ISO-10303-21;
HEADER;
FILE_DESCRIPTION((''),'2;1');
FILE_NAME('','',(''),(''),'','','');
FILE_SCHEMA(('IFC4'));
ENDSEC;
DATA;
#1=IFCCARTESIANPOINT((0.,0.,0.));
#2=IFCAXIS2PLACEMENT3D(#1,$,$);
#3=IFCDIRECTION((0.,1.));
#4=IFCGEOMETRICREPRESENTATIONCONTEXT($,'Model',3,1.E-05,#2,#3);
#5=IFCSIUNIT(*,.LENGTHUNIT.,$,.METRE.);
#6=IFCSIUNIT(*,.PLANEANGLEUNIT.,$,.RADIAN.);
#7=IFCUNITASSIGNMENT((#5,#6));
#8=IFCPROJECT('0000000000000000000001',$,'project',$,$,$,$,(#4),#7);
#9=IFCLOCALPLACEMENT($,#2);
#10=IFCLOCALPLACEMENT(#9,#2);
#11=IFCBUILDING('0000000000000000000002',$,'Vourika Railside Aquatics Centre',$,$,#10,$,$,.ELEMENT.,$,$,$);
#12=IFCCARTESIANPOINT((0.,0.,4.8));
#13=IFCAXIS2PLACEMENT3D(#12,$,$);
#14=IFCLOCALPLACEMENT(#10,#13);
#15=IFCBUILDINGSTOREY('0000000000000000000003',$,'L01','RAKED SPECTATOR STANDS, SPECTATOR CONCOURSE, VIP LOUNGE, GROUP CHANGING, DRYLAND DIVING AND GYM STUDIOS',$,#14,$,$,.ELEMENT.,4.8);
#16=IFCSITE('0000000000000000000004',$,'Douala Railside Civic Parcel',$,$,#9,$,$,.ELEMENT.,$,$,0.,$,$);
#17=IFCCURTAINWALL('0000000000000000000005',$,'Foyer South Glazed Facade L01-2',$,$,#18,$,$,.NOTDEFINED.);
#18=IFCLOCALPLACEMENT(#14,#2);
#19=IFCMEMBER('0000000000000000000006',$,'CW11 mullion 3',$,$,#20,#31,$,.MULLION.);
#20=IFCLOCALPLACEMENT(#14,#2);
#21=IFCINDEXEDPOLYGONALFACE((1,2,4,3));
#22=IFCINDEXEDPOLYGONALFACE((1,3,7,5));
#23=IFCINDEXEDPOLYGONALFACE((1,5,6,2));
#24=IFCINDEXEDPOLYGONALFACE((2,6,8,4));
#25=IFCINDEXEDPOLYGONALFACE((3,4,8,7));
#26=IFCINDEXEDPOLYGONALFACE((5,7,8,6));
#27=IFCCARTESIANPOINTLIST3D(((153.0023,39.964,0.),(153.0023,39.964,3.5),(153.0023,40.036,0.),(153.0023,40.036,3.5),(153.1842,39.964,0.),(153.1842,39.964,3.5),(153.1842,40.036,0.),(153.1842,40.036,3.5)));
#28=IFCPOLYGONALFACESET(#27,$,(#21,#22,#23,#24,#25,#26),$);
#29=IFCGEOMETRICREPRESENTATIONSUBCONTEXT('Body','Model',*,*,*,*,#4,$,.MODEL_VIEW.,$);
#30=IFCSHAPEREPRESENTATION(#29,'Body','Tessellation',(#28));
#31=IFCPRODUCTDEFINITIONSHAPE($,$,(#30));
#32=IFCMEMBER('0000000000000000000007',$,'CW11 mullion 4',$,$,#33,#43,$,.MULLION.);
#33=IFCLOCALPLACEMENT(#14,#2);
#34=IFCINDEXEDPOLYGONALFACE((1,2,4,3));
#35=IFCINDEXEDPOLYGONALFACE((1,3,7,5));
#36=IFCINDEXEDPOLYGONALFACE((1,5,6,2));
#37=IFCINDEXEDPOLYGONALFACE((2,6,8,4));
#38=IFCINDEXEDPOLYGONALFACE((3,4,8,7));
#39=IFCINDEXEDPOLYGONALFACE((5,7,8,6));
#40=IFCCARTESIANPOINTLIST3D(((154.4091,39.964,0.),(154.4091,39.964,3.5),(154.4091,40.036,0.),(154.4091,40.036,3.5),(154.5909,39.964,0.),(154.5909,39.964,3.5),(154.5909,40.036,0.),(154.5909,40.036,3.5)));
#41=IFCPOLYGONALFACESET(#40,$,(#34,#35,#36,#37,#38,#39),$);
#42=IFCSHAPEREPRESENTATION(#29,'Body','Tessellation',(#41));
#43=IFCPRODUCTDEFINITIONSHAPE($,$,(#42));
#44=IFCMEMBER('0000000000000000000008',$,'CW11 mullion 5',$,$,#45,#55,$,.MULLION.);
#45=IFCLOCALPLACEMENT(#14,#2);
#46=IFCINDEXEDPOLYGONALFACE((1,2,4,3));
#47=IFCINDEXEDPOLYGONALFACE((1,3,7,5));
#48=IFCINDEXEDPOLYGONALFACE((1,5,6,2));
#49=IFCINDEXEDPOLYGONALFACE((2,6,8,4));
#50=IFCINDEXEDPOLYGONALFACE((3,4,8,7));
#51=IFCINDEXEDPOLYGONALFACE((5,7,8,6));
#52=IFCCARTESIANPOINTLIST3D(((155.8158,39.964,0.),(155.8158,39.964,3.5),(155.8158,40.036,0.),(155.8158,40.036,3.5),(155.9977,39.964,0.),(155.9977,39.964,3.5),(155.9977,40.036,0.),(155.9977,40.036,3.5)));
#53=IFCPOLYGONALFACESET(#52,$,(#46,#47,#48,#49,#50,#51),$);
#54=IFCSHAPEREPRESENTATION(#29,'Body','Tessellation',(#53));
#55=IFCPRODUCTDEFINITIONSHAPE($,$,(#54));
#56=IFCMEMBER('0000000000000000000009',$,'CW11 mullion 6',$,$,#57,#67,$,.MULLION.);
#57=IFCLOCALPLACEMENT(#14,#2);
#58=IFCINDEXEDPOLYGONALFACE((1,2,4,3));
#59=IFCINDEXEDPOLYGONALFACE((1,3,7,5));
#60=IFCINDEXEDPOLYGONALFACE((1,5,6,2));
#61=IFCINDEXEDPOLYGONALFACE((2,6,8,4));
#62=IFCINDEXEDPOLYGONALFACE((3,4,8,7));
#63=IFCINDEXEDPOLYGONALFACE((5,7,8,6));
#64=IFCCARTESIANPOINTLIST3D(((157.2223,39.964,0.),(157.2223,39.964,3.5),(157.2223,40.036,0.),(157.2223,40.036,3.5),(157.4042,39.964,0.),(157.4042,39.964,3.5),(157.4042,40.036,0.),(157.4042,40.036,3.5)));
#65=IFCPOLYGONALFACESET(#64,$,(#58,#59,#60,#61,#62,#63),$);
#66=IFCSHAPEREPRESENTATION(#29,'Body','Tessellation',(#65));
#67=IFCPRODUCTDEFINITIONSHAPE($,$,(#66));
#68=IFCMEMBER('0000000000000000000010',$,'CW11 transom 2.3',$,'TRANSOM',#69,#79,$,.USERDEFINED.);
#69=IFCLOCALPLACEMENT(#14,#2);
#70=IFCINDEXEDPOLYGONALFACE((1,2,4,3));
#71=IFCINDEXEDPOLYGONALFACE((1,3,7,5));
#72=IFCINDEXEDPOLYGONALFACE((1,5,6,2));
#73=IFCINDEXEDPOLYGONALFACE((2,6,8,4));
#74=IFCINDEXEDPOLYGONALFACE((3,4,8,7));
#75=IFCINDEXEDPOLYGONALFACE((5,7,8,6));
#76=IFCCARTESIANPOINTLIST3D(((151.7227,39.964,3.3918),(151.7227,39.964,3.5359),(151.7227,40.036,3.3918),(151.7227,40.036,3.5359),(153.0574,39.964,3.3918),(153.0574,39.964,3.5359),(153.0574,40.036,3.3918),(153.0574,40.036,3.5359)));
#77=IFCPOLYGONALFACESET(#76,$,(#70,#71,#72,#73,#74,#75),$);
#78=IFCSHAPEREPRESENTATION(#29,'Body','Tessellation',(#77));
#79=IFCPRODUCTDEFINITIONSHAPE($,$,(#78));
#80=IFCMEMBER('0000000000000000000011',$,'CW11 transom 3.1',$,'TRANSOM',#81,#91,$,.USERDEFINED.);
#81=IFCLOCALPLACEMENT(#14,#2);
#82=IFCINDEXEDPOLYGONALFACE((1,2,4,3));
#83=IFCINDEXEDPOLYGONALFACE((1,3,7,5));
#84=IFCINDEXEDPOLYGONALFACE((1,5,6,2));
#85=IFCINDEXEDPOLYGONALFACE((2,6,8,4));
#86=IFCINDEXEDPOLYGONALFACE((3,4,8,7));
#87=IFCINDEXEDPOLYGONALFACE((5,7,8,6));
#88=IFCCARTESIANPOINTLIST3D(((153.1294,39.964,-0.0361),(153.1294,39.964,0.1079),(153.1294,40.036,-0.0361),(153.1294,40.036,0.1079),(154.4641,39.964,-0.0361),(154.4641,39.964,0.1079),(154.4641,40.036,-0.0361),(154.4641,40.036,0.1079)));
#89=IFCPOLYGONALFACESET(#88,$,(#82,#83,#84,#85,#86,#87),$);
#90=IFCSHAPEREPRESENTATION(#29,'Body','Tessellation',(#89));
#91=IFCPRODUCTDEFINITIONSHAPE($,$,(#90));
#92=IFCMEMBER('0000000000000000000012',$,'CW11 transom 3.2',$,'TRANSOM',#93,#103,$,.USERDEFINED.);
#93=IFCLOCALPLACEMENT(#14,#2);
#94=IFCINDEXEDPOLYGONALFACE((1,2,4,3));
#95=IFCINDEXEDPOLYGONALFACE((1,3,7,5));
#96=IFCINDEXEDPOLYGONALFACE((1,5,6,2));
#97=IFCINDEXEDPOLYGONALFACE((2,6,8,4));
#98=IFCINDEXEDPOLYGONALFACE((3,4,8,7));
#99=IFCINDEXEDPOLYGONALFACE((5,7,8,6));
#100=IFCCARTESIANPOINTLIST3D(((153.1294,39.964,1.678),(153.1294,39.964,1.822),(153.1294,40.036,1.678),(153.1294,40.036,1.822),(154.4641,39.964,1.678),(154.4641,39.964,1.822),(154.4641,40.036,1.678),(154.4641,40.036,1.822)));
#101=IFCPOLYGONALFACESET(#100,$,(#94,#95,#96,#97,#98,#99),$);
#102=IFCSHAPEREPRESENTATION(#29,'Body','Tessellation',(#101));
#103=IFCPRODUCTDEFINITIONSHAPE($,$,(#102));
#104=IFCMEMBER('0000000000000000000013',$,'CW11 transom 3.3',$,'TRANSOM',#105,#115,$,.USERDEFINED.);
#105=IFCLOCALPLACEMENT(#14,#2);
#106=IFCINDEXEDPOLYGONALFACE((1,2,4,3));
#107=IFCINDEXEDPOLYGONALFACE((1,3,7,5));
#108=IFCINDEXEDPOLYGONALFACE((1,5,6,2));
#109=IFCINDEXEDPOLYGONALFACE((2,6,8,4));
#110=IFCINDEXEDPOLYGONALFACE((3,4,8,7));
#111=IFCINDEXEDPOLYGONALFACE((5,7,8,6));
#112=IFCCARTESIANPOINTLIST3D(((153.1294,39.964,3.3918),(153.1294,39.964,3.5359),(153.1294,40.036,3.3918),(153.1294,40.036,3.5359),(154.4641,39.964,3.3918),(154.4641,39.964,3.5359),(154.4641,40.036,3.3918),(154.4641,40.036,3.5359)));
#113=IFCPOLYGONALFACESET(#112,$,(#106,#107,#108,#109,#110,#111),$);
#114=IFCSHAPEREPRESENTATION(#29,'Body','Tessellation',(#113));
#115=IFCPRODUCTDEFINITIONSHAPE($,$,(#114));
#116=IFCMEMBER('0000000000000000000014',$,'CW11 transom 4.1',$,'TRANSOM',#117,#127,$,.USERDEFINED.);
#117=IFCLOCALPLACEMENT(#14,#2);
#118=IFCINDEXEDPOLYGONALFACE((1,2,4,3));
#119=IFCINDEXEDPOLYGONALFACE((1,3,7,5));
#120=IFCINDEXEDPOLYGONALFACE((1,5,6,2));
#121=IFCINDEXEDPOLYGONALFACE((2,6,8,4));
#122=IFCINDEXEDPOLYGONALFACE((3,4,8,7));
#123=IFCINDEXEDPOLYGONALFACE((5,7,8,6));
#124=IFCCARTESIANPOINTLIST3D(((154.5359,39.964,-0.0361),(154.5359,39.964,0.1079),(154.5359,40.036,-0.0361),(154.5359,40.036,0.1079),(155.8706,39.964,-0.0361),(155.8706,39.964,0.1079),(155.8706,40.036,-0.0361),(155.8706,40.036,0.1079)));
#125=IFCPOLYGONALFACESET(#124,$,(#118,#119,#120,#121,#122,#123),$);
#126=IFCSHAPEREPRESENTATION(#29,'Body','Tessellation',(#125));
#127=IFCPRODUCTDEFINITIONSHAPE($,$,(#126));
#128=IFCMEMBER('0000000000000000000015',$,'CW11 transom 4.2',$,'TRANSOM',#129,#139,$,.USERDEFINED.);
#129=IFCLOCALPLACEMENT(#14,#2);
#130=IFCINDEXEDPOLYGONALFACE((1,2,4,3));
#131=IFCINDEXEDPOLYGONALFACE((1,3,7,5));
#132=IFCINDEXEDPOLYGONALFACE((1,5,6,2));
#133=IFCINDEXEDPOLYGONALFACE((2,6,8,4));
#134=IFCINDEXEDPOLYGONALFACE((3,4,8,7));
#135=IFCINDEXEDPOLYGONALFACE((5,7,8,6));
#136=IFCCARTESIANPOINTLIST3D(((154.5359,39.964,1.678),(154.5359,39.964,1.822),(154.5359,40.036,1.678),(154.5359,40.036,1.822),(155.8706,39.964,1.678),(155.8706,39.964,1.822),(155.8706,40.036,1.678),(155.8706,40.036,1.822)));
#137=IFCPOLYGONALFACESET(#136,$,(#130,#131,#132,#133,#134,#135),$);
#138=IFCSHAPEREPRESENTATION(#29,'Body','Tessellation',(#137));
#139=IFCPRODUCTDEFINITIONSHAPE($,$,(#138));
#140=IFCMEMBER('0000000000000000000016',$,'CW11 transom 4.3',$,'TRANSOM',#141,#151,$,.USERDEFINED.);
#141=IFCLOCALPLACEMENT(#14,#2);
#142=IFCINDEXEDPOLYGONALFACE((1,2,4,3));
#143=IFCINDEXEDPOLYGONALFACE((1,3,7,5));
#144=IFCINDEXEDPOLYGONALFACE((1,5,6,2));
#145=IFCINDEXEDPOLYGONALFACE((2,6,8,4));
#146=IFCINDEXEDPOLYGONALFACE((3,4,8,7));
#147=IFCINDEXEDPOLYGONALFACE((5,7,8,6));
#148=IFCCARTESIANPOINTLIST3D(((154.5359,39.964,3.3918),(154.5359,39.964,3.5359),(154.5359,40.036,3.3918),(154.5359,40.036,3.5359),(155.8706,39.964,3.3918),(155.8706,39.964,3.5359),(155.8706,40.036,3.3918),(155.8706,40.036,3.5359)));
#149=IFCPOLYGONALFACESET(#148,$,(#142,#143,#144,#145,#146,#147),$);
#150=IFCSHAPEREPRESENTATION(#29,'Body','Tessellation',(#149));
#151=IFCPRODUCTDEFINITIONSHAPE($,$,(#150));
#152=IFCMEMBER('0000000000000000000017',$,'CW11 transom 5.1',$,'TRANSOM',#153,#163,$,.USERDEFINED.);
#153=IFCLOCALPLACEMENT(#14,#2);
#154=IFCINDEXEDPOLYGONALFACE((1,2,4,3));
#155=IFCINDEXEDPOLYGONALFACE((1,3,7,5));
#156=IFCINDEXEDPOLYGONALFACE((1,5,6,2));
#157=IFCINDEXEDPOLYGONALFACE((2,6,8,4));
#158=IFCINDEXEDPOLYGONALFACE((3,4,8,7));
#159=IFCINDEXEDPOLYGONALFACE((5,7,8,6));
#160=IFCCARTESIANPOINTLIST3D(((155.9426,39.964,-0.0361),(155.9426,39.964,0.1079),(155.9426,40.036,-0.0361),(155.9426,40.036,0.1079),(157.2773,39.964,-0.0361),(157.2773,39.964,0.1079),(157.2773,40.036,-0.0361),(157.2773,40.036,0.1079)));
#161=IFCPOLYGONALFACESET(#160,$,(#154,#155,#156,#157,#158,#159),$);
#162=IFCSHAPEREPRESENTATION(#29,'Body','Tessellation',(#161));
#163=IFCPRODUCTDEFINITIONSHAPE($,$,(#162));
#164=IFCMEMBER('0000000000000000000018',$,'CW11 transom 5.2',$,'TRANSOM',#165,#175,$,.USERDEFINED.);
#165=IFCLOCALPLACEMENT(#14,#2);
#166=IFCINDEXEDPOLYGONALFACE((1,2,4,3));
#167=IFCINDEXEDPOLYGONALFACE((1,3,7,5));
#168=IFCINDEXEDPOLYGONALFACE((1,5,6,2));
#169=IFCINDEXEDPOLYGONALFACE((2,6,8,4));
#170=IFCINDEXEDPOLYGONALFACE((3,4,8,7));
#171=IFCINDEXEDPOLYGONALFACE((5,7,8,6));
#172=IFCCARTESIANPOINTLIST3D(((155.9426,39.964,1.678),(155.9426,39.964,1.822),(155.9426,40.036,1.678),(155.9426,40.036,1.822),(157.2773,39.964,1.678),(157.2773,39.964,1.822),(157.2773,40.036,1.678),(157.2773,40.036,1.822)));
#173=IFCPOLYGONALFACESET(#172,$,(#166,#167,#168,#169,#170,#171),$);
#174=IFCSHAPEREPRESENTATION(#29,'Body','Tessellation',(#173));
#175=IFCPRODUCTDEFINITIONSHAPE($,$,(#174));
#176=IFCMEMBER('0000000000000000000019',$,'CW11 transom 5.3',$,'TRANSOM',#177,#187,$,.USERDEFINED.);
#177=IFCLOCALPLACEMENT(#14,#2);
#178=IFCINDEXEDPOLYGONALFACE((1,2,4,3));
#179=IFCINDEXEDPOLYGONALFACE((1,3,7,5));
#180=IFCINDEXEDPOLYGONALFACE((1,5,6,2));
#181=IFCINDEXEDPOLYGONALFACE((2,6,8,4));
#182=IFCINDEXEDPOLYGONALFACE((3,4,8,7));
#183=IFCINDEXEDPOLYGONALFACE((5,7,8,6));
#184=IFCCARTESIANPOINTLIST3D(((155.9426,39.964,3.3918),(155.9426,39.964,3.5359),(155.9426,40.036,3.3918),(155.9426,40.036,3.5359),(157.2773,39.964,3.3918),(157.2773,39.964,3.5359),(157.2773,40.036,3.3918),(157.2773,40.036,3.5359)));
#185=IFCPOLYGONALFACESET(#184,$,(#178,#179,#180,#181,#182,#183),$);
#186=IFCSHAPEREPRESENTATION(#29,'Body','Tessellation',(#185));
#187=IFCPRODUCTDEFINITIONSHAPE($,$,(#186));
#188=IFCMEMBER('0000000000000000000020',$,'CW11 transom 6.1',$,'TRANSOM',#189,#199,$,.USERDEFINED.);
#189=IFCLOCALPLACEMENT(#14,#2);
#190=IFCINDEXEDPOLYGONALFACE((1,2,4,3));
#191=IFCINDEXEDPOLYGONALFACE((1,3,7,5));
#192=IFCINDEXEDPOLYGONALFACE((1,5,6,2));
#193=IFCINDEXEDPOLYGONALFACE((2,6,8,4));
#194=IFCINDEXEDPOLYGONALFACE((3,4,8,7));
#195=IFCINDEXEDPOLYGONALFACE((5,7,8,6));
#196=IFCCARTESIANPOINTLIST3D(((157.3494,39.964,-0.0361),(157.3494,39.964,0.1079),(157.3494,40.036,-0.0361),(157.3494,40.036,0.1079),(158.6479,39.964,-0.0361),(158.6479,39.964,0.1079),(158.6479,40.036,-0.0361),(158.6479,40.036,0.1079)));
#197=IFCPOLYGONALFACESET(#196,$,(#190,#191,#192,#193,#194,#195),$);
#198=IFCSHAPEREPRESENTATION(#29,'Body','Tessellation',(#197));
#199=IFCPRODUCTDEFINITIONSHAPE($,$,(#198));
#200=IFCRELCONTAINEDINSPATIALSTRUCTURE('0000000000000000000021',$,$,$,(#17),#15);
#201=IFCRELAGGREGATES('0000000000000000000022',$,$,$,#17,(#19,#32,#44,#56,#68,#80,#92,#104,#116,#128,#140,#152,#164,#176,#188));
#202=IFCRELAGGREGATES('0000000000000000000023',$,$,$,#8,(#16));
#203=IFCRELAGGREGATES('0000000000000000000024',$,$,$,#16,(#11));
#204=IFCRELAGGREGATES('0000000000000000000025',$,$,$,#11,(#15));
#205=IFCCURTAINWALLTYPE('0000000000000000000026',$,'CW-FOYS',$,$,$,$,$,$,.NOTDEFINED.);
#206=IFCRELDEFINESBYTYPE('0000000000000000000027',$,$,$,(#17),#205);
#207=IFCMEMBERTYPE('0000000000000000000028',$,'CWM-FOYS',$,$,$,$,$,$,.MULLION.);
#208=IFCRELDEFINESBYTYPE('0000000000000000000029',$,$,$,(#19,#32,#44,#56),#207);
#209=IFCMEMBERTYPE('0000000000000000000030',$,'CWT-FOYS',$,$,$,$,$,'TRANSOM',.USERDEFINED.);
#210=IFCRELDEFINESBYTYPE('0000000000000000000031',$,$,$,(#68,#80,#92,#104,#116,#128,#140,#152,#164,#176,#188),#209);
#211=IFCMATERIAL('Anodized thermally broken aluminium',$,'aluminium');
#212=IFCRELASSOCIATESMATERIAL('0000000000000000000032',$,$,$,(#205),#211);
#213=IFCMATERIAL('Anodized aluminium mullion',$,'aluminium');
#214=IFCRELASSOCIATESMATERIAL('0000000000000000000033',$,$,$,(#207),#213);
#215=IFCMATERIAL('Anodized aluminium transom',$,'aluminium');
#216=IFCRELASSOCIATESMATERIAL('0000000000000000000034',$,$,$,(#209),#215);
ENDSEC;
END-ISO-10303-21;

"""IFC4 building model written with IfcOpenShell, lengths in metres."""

from ifc_helpers import new_model, si_unit, direction, frame, origin, origin_2d, place, context, subcontext, project, spatial, rectangle, extrude, material, material_profile, profile_set, type_object, element, aggregate, save


model = new_model("IFC4")

# Units and contexts
model_context = context("Model", 3, precision=1e-05, world=origin(), true_north=direction((0.0, 1.0)))
body_context = subcontext(model_context, "Body", "Model", "MODEL_VIEW")
ifc_project = project(units=[si_unit("LENGTHUNIT", "METRE"), si_unit("PLANEANGLEUNIT", "RADIAN")], contexts=[model_context])

# Site, building, storey
site_placement = place(None, origin())
site = spatial("IfcSite", under=ifc_project, at=site_placement, Name="Douala Railside Civic Parcel", CompositionType="ELEMENT", RefElevation=0.0)
building_placement = place(site_placement, origin())
building = spatial("IfcBuilding", under=site, at=building_placement, Name="Vourika Railside Aquatics Centre", CompositionType="ELEMENT")
storey_placement = place(building_placement, frame((0.0, 0.0, 4.8)))
storey = spatial("IfcBuildingStorey", under=building, at=storey_placement, Name="L01", Description="RAKED SPECTATOR STANDS, SPECTATOR CONCOURSE, VIP LOUNGE, GROUP CHANGING, DRYLAND DIVING AND GYM STUDIOS", CompositionType="ELEMENT", Elevation=4.8)

# Curtain wall, members
ifc_material_1 = material(Name="Anodized thermally broken aluminium", Category="aluminium")
curtain_wall_type = type_object("IfcCurtainWallType", Name="CW-FOYS", PredefinedType="NOTDEFINED", material=ifc_material_1)
curtain_wall_placement = place(storey_placement, origin())
curtain_wall = element("IfcCurtainWall", 1, at=curtain_wall_placement, inside=storey, type_object=curtain_wall_type, Name="Foyer South Glazed Facade L01-2", PredefinedType="NOTDEFINED")
ifc_material_2 = material(Name="Anodized aluminium mullion", Category="aluminium")
ifc_material_profile_1 = material_profile(ifc_material_2, rectangle(XDim=0.072, YDim=0.1819, at=origin_2d()), Name="ALU-M 72x182")
ifc_profile_set_1 = profile_set([ifc_material_profile_1], Name="Anodized aluminium mullion")
member_type_1 = type_object("IfcMemberType", Name="CWM-FOYS", PredefinedType="MULLION", material=ifc_profile_set_1)
member_1_placement = place(storey_placement, frame((153.0933, 40.0, 0.0), z_axis=(0.0, 0.0, 1.0), x_axis=(0.0, 1.0, 0.0)))
member_1 = element("IfcMember", 2, at=member_1_placement, type_object=member_type_1, Name="CW11 mullion 3", PredefinedType="MULLION", context=body_context, shape_type="SweptSolid", body=[
    extrude(rectangle(XDim=0.072, YDim=0.1819, at=origin_2d()), origin(), (0.0, 0.0, 1.0), 3.5),
])
member_2_placement = place(storey_placement, frame((154.5, 40.0, 0.0), z_axis=(0.0, 0.0, 1.0), x_axis=(0.0, 1.0, 0.0)))
member_2 = element("IfcMember", 3, at=member_2_placement, type_object=member_type_1, Name="CW11 mullion 4", PredefinedType="MULLION", context=body_context, shape_type="SweptSolid", body=[
    extrude(rectangle(XDim=0.072, YDim=0.1819, at=origin_2d()), origin(), (0.0, 0.0, 1.0), 3.5),
])
member_3_placement = place(storey_placement, frame((155.9067, 40.0, 0.0), z_axis=(0.0, 0.0, 1.0), x_axis=(0.0, 1.0, 0.0)))
member_3 = element("IfcMember", 4, at=member_3_placement, type_object=member_type_1, Name="CW11 mullion 5", PredefinedType="MULLION", context=body_context, shape_type="SweptSolid", body=[
    extrude(rectangle(XDim=0.072, YDim=0.1819, at=origin_2d()), origin(), (0.0, 0.0, 1.0), 3.5),
])
member_4_placement = place(storey_placement, frame((157.3132, 40.0, 0.0), z_axis=(0.0, 0.0, 1.0), x_axis=(0.0, 1.0, 0.0)))
member_4 = element("IfcMember", 5, at=member_4_placement, type_object=member_type_1, Name="CW11 mullion 6", PredefinedType="MULLION", context=body_context, shape_type="SweptSolid", body=[
    extrude(rectangle(XDim=0.072, YDim=0.1819, at=origin_2d()), origin(), (0.0, 0.0, 1.0), 3.5),
])
ifc_material_3 = material(Name="Anodized aluminium transom", Category="aluminium")
ifc_material_profile_2 = material_profile(ifc_material_3, rectangle(XDim=0.072, YDim=0.144, at=origin_2d()), Name="ALU-T 72x144")
ifc_profile_set_2 = profile_set([ifc_material_profile_2], Name="Anodized aluminium transom")
member_type_2 = type_object("IfcMemberType", Name="CWT-FOYS", ElementType="TRANSOM", PredefinedType="USERDEFINED", material=ifc_profile_set_2)
member_5_placement = place(storey_placement, frame((151.7227, 40.0, 3.4639), z_axis=(1.0, 0.0, 0.0), x_axis=(0.0, 1.0, 0.0)))
member_5 = element("IfcMember", 6, at=member_5_placement, type_object=member_type_2, Name="CW11 transom 2.3", ObjectType="TRANSOM", PredefinedType="USERDEFINED", context=body_context, shape_type="SweptSolid", body=[
    extrude(rectangle(XDim=0.072, YDim=0.144, at=origin_2d()), origin(), (0.0, 0.0, 1.0), 1.3347),
])
member_6_placement = place(storey_placement, frame((153.1294, 40.0, 0.0359), z_axis=(1.0, 0.0, 0.0), x_axis=(0.0, 1.0, 0.0)))
member_6 = element("IfcMember", 7, at=member_6_placement, type_object=member_type_2, Name="CW11 transom 3.1", ObjectType="TRANSOM", PredefinedType="USERDEFINED", context=body_context, shape_type="SweptSolid", body=[
    extrude(rectangle(XDim=0.072, YDim=0.144, at=origin_2d()), origin(), (0.0, 0.0, 1.0), 1.3347),
])
member_7_placement = place(storey_placement, frame((153.1294, 40.0, 1.75), z_axis=(1.0, 0.0, 0.0), x_axis=(0.0, 1.0, 0.0)))
member_7 = element("IfcMember", 8, at=member_7_placement, type_object=member_type_2, Name="CW11 transom 3.2", ObjectType="TRANSOM", PredefinedType="USERDEFINED", context=body_context, shape_type="SweptSolid", body=[
    extrude(rectangle(XDim=0.072, YDim=0.144, at=origin_2d()), origin(), (0.0, 0.0, 1.0), 1.3347),
])
member_8_placement = place(storey_placement, frame((153.1294, 40.0, 3.4639), z_axis=(1.0, 0.0, 0.0), x_axis=(0.0, 1.0, 0.0)))
member_8 = element("IfcMember", 9, at=member_8_placement, type_object=member_type_2, Name="CW11 transom 3.3", ObjectType="TRANSOM", PredefinedType="USERDEFINED", context=body_context, shape_type="SweptSolid", body=[
    extrude(rectangle(XDim=0.072, YDim=0.144, at=origin_2d()), origin(), (0.0, 0.0, 1.0), 1.3347),
])
member_9_placement = place(storey_placement, frame((154.5359, 40.0, 0.0359), z_axis=(1.0, 0.0, 0.0), x_axis=(0.0, 1.0, 0.0)))
member_9 = element("IfcMember", 10, at=member_9_placement, type_object=member_type_2, Name="CW11 transom 4.1", ObjectType="TRANSOM", PredefinedType="USERDEFINED", context=body_context, shape_type="SweptSolid", body=[
    extrude(rectangle(XDim=0.072, YDim=0.144, at=origin_2d()), origin(), (0.0, 0.0, 1.0), 1.3347),
])
member_10_placement = place(storey_placement, frame((154.5359, 40.0, 1.75), z_axis=(1.0, 0.0, 0.0), x_axis=(0.0, 1.0, 0.0)))
member_10 = element("IfcMember", 11, at=member_10_placement, type_object=member_type_2, Name="CW11 transom 4.2", ObjectType="TRANSOM", PredefinedType="USERDEFINED", context=body_context, shape_type="SweptSolid", body=[
    extrude(rectangle(XDim=0.072, YDim=0.144, at=origin_2d()), origin(), (0.0, 0.0, 1.0), 1.3347),
])
member_11_placement = place(storey_placement, frame((154.5359, 40.0, 3.4639), z_axis=(1.0, 0.0, 0.0), x_axis=(0.0, 1.0, 0.0)))
member_11 = element("IfcMember", 12, at=member_11_placement, type_object=member_type_2, Name="CW11 transom 4.3", ObjectType="TRANSOM", PredefinedType="USERDEFINED", context=body_context, shape_type="SweptSolid", body=[
    extrude(rectangle(XDim=0.072, YDim=0.144, at=origin_2d()), origin(), (0.0, 0.0, 1.0), 1.3347),
])
member_12_placement = place(storey_placement, frame((155.9426, 40.0, 0.0359), z_axis=(1.0, 0.0, 0.0), x_axis=(0.0, 1.0, 0.0)))
member_12 = element("IfcMember", 13, at=member_12_placement, type_object=member_type_2, Name="CW11 transom 5.1", ObjectType="TRANSOM", PredefinedType="USERDEFINED", context=body_context, shape_type="SweptSolid", body=[
    extrude(rectangle(XDim=0.072, YDim=0.144, at=origin_2d()), origin(), (0.0, 0.0, 1.0), 1.3347),
])
member_13_placement = place(storey_placement, frame((155.9426, 40.0, 1.75), z_axis=(1.0, 0.0, 0.0), x_axis=(0.0, 1.0, 0.0)))
member_13 = element("IfcMember", 14, at=member_13_placement, type_object=member_type_2, Name="CW11 transom 5.2", ObjectType="TRANSOM", PredefinedType="USERDEFINED", context=body_context, shape_type="SweptSolid", body=[
    extrude(rectangle(XDim=0.072, YDim=0.144, at=origin_2d()), origin(), (0.0, 0.0, 1.0), 1.3347),
])
member_14_placement = place(storey_placement, frame((155.9426, 40.0, 3.4639), z_axis=(1.0, 0.0, 0.0), x_axis=(0.0, 1.0, 0.0)))
member_14 = element("IfcMember", 15, at=member_14_placement, type_object=member_type_2, Name="CW11 transom 5.3", ObjectType="TRANSOM", PredefinedType="USERDEFINED", context=body_context, shape_type="SweptSolid", body=[
    extrude(rectangle(XDim=0.072, YDim=0.144, at=origin_2d()), origin(), (0.0, 0.0, 1.0), 1.3347),
])
member_15_placement = place(storey_placement, frame((157.3494, 40.0, 0.0359), z_axis=(1.0, 0.0, 0.0), x_axis=(0.0, 1.0, 0.0)))
member_15 = element("IfcMember", 16, at=member_15_placement, type_object=member_type_2, Name="CW11 transom 6.1", ObjectType="TRANSOM", PredefinedType="USERDEFINED", context=body_context, shape_type="SweptSolid", body=[
    extrude(rectangle(XDim=0.072, YDim=0.144, at=origin_2d()), origin(), (0.0, 0.0, 1.0), 1.2986),
])
aggregate(curtain_wall, [member_1, member_2, member_3, member_4, member_5, member_6, member_7, member_8, member_9, member_10, member_11, member_12, member_13, member_14, member_15])

save(model, "model.ifc")
